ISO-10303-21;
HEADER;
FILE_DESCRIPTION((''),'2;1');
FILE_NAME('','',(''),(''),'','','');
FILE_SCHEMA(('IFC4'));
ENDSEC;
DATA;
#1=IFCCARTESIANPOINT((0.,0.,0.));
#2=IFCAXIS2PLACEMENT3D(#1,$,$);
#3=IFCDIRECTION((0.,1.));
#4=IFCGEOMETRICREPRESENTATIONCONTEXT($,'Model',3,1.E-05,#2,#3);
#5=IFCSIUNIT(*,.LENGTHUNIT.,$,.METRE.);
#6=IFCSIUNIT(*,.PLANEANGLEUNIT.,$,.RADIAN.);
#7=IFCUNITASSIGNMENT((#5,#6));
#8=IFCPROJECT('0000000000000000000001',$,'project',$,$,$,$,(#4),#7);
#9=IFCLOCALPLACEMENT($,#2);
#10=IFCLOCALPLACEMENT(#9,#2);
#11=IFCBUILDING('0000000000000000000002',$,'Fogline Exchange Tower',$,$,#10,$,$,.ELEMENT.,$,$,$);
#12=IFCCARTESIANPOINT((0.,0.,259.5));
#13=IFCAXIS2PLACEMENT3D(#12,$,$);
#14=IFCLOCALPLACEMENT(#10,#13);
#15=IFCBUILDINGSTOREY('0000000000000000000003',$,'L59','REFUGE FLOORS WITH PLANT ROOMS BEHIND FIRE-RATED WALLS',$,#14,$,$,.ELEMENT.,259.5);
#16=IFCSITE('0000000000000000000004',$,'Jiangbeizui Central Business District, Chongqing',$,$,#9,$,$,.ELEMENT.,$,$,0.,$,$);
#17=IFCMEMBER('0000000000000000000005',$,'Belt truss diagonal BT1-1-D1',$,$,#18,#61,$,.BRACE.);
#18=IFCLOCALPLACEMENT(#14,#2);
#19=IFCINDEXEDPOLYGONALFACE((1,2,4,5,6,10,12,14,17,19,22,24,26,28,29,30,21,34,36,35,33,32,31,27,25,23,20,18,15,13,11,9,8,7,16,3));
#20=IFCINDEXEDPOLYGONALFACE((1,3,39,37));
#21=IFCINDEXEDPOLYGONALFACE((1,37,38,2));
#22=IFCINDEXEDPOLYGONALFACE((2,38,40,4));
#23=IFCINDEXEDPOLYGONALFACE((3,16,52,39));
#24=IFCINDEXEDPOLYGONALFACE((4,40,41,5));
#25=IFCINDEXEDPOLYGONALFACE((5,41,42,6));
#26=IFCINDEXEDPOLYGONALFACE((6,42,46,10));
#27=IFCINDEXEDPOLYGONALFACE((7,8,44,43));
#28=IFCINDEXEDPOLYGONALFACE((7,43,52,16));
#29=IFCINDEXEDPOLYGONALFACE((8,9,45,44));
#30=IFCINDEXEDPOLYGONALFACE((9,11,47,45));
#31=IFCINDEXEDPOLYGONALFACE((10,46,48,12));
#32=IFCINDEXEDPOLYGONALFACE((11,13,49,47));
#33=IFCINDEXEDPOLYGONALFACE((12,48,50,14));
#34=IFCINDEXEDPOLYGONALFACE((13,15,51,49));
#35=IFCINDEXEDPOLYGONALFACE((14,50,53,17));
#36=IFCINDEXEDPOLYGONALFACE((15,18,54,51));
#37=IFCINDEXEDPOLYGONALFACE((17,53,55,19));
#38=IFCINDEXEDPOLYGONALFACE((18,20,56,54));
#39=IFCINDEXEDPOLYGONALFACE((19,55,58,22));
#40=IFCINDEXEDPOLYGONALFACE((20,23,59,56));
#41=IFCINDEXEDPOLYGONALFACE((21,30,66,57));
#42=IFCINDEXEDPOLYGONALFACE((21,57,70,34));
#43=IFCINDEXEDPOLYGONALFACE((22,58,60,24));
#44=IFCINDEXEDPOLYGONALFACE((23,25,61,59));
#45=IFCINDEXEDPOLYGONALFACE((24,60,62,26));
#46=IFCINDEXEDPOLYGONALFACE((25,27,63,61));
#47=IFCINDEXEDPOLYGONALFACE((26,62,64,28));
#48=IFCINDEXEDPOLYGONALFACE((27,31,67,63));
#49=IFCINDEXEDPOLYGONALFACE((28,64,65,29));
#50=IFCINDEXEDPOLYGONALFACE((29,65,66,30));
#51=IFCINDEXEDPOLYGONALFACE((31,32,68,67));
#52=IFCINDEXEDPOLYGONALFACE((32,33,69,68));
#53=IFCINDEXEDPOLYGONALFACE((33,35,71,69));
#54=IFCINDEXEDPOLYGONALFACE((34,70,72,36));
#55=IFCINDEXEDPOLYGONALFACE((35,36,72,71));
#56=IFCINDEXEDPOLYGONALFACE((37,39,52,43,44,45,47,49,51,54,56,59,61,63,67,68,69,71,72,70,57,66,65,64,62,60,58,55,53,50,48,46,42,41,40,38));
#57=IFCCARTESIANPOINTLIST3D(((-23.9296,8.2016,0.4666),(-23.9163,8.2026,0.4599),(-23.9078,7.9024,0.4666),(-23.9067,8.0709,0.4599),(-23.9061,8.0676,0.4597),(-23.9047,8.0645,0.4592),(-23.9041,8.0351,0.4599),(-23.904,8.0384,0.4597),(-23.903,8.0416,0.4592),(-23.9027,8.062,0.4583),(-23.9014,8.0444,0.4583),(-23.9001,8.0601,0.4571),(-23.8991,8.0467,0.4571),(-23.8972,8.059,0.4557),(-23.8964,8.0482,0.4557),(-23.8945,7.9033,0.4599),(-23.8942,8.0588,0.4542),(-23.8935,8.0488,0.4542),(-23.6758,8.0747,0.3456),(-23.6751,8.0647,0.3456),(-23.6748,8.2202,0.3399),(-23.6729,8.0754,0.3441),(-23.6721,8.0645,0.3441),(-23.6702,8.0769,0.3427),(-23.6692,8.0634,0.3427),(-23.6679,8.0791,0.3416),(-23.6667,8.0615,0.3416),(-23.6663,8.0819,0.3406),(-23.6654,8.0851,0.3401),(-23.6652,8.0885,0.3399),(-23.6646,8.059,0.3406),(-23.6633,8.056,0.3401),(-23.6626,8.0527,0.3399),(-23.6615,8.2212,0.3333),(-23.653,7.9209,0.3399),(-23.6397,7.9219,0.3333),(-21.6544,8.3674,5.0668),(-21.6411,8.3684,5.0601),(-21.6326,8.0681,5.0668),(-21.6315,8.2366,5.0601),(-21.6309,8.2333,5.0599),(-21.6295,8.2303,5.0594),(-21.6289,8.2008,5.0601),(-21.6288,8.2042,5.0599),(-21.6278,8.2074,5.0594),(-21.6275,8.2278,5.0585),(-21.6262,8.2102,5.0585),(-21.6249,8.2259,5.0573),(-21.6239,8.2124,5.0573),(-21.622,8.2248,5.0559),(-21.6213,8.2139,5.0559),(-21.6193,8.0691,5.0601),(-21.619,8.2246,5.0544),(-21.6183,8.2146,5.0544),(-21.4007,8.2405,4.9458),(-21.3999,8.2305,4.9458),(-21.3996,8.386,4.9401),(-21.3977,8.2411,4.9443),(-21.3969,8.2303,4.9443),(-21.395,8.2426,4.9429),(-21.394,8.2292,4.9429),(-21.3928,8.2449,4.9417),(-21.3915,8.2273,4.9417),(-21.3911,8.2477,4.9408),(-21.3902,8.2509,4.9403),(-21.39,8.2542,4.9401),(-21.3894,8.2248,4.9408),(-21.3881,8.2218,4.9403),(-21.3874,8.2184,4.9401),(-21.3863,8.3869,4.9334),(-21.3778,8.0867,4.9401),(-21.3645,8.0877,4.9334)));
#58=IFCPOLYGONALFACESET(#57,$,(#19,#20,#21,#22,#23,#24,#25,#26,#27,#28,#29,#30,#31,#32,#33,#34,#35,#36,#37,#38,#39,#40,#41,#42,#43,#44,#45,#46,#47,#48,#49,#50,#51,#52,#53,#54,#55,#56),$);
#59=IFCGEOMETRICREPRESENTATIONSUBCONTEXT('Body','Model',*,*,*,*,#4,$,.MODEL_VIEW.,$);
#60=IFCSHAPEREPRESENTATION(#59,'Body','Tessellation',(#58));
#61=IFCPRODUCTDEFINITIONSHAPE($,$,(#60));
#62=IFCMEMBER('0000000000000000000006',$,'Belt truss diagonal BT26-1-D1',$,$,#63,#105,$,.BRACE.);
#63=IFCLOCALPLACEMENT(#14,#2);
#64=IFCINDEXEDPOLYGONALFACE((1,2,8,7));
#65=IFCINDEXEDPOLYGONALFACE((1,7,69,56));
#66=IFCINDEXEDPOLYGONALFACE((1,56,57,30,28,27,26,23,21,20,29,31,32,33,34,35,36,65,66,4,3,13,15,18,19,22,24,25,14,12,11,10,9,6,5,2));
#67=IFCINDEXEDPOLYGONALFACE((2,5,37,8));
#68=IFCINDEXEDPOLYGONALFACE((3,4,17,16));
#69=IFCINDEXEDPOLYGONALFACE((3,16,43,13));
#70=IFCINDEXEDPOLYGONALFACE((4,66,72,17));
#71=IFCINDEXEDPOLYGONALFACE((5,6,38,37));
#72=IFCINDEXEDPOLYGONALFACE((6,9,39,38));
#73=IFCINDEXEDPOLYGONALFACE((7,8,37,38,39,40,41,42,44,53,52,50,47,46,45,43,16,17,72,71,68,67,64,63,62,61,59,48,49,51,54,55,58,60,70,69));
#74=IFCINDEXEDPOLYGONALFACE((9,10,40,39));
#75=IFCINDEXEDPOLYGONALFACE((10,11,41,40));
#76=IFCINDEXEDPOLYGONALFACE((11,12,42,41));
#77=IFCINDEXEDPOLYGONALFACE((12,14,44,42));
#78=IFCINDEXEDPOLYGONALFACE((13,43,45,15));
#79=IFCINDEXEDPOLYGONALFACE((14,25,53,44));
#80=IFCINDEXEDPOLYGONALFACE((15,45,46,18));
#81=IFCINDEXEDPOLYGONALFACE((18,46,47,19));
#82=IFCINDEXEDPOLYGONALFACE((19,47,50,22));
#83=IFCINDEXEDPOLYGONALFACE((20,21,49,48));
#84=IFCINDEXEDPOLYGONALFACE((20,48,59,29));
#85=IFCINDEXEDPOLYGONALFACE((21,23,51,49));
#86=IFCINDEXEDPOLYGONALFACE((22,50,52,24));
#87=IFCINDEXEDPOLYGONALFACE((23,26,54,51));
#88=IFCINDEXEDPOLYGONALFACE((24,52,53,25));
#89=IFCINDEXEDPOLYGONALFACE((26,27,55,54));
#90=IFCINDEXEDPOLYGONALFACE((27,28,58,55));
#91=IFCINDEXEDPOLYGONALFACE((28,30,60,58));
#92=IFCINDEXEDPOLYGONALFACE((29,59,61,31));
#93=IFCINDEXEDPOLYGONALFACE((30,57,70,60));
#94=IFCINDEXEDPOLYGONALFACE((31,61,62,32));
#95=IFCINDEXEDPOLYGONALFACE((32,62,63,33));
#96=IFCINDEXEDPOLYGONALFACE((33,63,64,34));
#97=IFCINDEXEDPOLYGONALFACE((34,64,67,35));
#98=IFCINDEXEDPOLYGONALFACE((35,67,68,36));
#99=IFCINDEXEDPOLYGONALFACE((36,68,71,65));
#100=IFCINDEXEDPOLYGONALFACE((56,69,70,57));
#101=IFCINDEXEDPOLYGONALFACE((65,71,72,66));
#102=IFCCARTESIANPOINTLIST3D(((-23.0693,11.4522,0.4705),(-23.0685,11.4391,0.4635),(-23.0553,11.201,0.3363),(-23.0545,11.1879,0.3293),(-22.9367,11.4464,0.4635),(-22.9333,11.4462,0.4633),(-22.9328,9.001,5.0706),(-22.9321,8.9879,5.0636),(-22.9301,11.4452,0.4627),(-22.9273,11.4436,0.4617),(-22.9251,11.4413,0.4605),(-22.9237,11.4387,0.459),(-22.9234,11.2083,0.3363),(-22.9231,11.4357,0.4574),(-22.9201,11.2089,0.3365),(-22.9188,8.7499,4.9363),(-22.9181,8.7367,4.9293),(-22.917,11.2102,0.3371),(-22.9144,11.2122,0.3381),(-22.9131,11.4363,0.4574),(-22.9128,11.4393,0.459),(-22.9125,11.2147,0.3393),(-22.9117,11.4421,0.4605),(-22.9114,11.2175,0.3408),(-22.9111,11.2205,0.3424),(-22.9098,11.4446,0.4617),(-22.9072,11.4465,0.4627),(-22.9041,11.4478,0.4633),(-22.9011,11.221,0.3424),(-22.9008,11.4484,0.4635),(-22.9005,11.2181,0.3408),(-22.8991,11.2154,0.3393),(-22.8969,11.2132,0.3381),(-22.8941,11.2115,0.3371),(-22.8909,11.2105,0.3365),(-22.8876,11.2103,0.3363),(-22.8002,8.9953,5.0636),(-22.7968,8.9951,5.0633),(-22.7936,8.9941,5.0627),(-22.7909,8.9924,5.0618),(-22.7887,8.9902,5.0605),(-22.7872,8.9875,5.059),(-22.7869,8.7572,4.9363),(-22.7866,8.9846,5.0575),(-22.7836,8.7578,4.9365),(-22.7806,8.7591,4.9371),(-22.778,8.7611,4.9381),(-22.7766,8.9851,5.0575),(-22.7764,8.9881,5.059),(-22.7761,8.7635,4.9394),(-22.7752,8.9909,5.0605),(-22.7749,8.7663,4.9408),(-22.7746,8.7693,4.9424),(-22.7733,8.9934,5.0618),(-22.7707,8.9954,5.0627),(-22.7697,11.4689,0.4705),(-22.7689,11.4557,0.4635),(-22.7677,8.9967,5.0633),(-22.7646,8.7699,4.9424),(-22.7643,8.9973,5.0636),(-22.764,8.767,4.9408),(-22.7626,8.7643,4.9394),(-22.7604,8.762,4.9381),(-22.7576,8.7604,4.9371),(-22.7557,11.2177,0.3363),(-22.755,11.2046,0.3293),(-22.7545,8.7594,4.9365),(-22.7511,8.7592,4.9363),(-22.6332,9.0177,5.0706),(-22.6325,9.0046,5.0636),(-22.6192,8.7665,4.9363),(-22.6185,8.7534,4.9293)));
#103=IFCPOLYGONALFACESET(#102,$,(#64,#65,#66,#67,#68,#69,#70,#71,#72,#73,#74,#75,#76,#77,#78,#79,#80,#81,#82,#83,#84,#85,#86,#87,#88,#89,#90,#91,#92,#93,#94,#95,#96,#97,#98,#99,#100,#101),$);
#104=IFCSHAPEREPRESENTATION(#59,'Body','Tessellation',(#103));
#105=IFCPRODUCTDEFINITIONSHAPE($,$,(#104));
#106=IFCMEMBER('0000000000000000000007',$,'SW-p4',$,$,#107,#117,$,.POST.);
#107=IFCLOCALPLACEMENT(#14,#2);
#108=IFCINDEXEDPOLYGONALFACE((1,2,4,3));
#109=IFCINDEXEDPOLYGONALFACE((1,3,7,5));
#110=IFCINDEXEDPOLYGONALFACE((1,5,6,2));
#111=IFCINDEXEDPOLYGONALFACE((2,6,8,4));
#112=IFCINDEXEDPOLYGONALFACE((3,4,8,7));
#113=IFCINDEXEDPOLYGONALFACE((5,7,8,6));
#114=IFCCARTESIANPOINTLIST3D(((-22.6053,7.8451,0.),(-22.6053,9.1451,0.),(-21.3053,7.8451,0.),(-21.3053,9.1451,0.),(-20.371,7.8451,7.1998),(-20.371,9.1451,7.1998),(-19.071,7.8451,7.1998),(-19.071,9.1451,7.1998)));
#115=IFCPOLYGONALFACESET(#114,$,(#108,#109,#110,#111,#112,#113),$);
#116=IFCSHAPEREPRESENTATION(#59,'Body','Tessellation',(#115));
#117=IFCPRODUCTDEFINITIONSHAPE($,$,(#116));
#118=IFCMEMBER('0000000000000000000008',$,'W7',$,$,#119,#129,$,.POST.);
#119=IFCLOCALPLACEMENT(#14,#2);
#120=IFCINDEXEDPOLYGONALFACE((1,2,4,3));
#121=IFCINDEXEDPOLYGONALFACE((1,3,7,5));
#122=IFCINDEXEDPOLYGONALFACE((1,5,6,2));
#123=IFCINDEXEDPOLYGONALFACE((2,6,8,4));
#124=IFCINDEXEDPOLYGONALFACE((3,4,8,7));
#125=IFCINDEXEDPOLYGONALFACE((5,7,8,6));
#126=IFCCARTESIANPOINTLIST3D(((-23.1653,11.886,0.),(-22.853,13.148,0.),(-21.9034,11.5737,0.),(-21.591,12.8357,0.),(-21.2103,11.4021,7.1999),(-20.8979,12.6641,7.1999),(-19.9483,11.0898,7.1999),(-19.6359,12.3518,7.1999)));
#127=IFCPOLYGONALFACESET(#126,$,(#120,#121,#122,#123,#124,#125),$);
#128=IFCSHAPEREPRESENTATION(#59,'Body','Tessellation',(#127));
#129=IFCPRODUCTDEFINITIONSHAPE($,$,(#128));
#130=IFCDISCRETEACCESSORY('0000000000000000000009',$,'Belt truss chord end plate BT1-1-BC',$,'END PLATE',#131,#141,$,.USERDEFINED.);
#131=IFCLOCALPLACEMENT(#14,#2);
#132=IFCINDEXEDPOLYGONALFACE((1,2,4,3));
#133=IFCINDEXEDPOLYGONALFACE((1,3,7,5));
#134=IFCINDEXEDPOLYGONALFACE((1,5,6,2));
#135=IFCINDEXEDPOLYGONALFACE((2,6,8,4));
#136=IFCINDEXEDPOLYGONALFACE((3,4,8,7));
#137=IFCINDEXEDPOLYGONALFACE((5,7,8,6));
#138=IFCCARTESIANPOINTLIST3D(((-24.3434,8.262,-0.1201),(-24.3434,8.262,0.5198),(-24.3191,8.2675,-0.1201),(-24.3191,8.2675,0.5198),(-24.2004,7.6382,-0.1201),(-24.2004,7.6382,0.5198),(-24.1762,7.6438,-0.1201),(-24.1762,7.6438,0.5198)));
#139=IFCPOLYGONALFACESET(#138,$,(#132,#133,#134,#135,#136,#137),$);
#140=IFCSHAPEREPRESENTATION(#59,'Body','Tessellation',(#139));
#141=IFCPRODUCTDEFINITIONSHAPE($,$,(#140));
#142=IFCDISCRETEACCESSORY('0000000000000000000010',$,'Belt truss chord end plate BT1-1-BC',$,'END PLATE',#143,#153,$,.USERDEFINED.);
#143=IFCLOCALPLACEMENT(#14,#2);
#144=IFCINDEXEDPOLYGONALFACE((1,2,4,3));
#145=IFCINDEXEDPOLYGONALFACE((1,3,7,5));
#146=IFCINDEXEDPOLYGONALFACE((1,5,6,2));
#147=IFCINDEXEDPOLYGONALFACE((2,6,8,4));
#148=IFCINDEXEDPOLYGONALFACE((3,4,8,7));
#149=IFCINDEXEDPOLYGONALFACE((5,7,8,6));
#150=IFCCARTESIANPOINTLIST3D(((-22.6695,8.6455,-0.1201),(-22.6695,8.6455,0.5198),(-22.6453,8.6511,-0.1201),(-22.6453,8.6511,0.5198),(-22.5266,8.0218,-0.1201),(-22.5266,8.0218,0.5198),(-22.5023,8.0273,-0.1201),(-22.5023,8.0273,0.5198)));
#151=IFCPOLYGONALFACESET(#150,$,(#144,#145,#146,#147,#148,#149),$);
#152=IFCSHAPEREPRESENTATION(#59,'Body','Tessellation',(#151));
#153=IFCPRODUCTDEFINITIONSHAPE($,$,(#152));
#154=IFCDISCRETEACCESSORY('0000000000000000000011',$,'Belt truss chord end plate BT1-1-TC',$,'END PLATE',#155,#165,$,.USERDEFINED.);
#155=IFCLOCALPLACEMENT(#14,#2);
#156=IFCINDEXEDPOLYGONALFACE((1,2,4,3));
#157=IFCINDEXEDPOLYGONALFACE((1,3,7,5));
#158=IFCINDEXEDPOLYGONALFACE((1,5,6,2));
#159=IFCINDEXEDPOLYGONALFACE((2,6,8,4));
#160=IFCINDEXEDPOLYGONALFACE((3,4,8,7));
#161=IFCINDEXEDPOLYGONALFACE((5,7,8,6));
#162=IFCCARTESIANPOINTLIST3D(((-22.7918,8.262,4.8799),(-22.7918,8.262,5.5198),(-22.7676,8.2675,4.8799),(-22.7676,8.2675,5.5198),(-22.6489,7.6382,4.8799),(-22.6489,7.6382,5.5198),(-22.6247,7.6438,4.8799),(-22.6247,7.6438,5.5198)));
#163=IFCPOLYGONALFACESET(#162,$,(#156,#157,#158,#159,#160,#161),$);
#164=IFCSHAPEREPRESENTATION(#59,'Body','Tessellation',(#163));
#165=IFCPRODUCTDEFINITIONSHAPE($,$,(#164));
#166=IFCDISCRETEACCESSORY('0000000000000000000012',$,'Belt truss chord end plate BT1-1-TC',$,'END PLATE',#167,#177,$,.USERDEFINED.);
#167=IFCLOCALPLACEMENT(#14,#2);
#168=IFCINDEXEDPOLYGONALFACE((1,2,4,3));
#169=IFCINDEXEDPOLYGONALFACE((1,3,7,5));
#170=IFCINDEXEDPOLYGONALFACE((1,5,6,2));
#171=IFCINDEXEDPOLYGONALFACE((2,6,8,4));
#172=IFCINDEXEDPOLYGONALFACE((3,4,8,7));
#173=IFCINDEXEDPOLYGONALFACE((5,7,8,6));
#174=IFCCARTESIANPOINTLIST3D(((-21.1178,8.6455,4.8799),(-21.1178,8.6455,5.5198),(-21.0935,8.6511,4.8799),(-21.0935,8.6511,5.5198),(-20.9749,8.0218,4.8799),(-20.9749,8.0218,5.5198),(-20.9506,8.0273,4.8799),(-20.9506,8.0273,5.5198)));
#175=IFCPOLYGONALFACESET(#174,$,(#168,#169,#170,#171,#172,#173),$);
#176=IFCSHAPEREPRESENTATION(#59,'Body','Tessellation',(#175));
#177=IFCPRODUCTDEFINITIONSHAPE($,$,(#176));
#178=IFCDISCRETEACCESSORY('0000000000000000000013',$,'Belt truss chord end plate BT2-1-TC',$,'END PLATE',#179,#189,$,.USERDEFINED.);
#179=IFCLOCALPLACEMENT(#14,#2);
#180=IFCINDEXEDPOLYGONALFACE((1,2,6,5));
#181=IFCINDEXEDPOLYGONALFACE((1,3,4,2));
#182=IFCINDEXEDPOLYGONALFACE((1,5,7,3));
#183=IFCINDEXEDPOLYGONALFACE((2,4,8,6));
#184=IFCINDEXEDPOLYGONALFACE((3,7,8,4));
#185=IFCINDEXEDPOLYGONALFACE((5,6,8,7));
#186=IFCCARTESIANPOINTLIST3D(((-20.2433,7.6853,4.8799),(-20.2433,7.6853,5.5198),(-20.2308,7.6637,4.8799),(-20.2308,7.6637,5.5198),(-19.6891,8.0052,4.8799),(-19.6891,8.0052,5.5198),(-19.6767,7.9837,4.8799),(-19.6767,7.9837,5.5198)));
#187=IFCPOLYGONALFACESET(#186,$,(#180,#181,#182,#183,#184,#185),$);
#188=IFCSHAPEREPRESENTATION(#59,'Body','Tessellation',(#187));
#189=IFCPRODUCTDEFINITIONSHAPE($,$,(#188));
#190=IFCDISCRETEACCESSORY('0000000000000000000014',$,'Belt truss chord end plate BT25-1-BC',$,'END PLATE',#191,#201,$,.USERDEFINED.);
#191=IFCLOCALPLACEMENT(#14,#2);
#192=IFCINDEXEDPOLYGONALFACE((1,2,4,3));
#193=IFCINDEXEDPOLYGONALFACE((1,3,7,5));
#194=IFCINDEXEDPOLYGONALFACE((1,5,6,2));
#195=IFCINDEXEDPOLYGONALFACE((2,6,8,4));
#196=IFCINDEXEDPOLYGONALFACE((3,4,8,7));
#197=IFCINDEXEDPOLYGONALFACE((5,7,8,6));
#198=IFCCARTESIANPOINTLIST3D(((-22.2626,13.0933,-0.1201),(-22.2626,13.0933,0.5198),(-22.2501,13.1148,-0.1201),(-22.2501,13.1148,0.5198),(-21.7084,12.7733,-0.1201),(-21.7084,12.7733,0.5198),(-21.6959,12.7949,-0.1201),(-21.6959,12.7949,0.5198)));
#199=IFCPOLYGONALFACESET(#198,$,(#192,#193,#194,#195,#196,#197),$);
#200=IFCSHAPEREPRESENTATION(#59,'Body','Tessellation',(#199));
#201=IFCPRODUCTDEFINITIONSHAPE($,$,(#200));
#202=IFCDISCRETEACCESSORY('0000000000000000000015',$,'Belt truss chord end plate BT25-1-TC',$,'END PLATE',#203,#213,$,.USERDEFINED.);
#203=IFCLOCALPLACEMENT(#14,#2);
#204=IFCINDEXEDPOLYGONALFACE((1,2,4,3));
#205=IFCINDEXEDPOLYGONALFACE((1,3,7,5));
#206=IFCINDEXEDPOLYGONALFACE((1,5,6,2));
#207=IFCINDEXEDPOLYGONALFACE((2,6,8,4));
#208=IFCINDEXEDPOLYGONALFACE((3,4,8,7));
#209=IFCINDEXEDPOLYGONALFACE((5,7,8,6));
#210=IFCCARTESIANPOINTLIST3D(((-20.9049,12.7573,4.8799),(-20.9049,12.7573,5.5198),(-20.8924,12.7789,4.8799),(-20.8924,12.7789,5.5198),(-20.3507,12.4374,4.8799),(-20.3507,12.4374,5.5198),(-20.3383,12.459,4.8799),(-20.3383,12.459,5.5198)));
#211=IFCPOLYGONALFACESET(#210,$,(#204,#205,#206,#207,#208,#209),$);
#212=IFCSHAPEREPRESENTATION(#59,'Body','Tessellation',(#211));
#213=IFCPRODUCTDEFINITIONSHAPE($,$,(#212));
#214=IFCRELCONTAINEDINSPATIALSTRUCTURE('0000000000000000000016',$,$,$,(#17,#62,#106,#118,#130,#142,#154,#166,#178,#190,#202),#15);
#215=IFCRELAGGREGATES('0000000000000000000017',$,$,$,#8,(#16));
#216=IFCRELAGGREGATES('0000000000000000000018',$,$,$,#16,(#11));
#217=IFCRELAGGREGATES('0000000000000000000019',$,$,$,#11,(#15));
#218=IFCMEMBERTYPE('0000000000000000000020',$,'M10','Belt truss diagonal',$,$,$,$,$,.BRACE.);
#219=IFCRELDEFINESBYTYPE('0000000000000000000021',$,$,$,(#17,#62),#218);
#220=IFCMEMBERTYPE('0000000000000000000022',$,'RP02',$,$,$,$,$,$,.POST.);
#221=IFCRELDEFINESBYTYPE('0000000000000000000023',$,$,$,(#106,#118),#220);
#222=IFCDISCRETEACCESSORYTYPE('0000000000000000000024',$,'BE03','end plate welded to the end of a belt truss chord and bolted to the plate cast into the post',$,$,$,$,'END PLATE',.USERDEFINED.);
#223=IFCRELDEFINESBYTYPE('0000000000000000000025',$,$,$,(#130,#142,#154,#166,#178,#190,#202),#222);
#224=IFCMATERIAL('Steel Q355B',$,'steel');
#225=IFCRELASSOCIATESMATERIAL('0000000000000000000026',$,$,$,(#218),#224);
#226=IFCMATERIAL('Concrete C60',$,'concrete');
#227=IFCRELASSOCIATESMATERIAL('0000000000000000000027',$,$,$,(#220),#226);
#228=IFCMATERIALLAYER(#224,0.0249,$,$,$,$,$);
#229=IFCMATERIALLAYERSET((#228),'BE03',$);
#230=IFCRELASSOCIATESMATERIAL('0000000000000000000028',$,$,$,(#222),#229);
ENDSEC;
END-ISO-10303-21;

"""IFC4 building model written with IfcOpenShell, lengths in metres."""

from ifc_helpers import new_model, si_unit, direction, frame, origin, origin_2d, place, context, subcontext, project, spatial, rectangle, i_section, extrude, material, layer, layer_set, material_profile, profile_set, type_object, element, save


model = new_model("IFC4")

# Units and contexts
model_context = context("Model", 3, precision=1e-05, world=origin(), true_north=direction((0.0, 1.0)))
body_context = subcontext(model_context, "Body", "Model", "MODEL_VIEW")
ifc_project = project(units=[si_unit("LENGTHUNIT", "METRE"), si_unit("PLANEANGLEUNIT", "RADIAN")], contexts=[model_context])

# Site, building, storey
site_placement = place(None, origin())
site = spatial("IfcSite", under=ifc_project, at=site_placement, Name="Jiangbeizui Central Business District, Chongqing", CompositionType="ELEMENT", RefElevation=0.0)
building_placement = place(site_placement, origin())
building = spatial("IfcBuilding", under=site, at=building_placement, Name="Fogline Exchange Tower", CompositionType="ELEMENT")
storey_placement = place(building_placement, frame((0.0, 0.0, 259.5)))
storey = spatial("IfcBuildingStorey", under=building, at=storey_placement, Name="L59", Description="REFUGE FLOORS WITH PLANT ROOMS BEHIND FIRE-RATED WALLS", CompositionType="ELEMENT", Elevation=259.5)

# Members
ifc_material_1 = material(Name="Steel Q355B", Category="steel")
ifc_material_profile_1 = material_profile(ifc_material_1, i_section(OverallWidth=0.3, OverallDepth=0.3, WebThickness=0.01, FlangeThickness=0.0149, FilletRadius=0.0129, at=origin_2d()), Name="HW300X300X10X15")
ifc_profile_set_1 = profile_set([ifc_material_profile_1], Name="Steel Q355B")
member_type_1 = type_object("IfcMemberType", Name="M10", Description="Belt truss diagonal", PredefinedType="BRACE", material=ifc_profile_set_1)
member_1_placement = place(storey_placement, frame((-23.7847, 8.0618, 0.3999), z_axis=(0.443096, 0.032285, 0.895892), x_axis=(-0.072669, 0.997356, 0.0)))
element("IfcMember", 1, at=member_1_placement, inside=storey, type_object=member_type_1, Name="Belt truss diagonal BT1-1-D1", PredefinedType="BRACE", context=body_context, shape_type="SweptSolid", body=[
    extrude(i_section(OverallWidth=0.3, OverallDepth=0.3, WebThickness=0.01, FlangeThickness=0.0149, FilletRadius=0.0129, at=origin_2d()), origin(), (0.0, 0.0, 1.0), 5.1348),
])
member_2_placement = place(storey_placement, frame((-22.9121, 11.3284, 0.3999), z_axis=(0.026174, -0.470096, 0.882227), x_axis=(0.998454, 0.055591, 0.0)))
element("IfcMember", 2, at=member_2_placement, inside=storey, type_object=member_type_1, Name="Belt truss diagonal BT26-1-D1", PredefinedType="BRACE", context=body_context, shape_type="SweptSolid", body=[
    extrude(i_section(OverallWidth=0.3, OverallDepth=0.3, WebThickness=0.01, FlangeThickness=0.0149, FilletRadius=0.0129, at=origin_2d()), origin(), (0.0, 0.0, 1.0), 5.2141),
])
ifc_material_2 = material(Name="Concrete C60", Category="concrete")
ifc_material_profile_2 = material_profile(ifc_material_2, rectangle(XDim=1.3, YDim=1.3, at=origin_2d()), Name="RC 1300x1300")
ifc_profile_set_2 = profile_set([ifc_material_profile_2], Name="Concrete C60")
member_type_2 = type_object("IfcMemberType", Name="RP02", PredefinedType="POST", material=ifc_profile_set_2)
member_3_placement = place(storey_placement, frame((-21.9553, 8.4951, 0.0), z_axis=(0.0, 0.0, 1.0), x_axis=(0.0, 1.0, 0.0)))
element("IfcMember", 3, at=member_3_placement, inside=storey, type_object=member_type_2, Name="SW-p4", PredefinedType="POST", context=body_context, shape_type="SweptSolid", body=[
    extrude(rectangle(XDim=1.3, YDim=1.3, at=origin_2d()), origin(), (0.0, -0.296388, 0.955068), 7.5386),
])
member_4_placement = place(storey_placement, frame((-22.3782, 12.3608, 0.0), z_axis=(0.0, 0.0, 1.0), x_axis=(0.240253, 0.97071, 0.0)))
element("IfcMember", 4, at=member_4_placement, inside=storey, type_object=member_type_2, Name="W7", PredefinedType="POST", context=body_context, shape_type="SweptSolid", body=[
    extrude(rectangle(XDim=1.3, YDim=1.3, at=origin_2d()), origin(), (0.0, -0.269392, 0.963031), 7.4763),
])

# Discrete accessories
ifc_layer = layer(ifc_material_1, 0.0249)
ifc_layer_set = layer_set([ifc_layer], Name="BE03")
discrete_accessory_type = type_object("IfcDiscreteAccessoryType", Name="BE03", Description="end plate welded to the end of a belt truss chord and bolted to the plate cast into the post", ElementType="END PLATE", PredefinedType="USERDEFINED", material=ifc_layer_set)
for number, where, z_axis, x_axis, name in (
    (5, (-24.2598, 7.9529, -0.1201), (0.0, 0.0, 1.0), (-0.974743, -0.22333, 0.0), "Belt truss chord end plate BT1-1-BC"),
    (6, (-22.5859, 8.3364, -0.1201), (0.0, 0.0, 1.0), (0.974743, 0.22333, 0.0), "Belt truss chord end plate BT1-1-BC"),
    (7, (-22.7083, 7.9529, 4.8799), (0.0, 0.0, 1.0), (-0.974743, -0.22333, 0.0), "Belt truss chord end plate BT1-1-TC"),
    (8, (-21.0342, 8.3364, 4.8799), (0.0, 0.0, 1.0), (0.974743, 0.22333, 0.0), "Belt truss chord end plate BT1-1-TC"),
    (9, (-19.96, 7.8345, 4.8799), (0.0, 0.0, 1.0), (-0.5, 0.866025, 0.0), "Belt truss chord end plate BT2-1-TC"),
    (10, (-21.9792, 12.9441, -0.1201), (0.0, 0.0, 1.0), (-0.5, -0.866025, 0.0), "Belt truss chord end plate BT25-1-BC"),
    (11, (-20.6216, 12.6082, 4.8799), (0.0, 0.0, 1.0), (-0.5, -0.866025, 0.0), "Belt truss chord end plate BT25-1-TC"),
):
    element("IfcDiscreteAccessory", number, at=place(storey_placement, frame(where, z_axis=z_axis, x_axis=x_axis)), inside=storey, type_object=discrete_accessory_type, Name=name, ObjectType="END PLATE", PredefinedType="USERDEFINED", context=body_context, shape_type="SweptSolid", body=[
        extrude(rectangle(XDim=0.0249, YDim=0.6399, at=origin_2d()), origin(), (0.0, 0.0, 1.0), 0.6399),
    ])

save(model, "model.ifc")
